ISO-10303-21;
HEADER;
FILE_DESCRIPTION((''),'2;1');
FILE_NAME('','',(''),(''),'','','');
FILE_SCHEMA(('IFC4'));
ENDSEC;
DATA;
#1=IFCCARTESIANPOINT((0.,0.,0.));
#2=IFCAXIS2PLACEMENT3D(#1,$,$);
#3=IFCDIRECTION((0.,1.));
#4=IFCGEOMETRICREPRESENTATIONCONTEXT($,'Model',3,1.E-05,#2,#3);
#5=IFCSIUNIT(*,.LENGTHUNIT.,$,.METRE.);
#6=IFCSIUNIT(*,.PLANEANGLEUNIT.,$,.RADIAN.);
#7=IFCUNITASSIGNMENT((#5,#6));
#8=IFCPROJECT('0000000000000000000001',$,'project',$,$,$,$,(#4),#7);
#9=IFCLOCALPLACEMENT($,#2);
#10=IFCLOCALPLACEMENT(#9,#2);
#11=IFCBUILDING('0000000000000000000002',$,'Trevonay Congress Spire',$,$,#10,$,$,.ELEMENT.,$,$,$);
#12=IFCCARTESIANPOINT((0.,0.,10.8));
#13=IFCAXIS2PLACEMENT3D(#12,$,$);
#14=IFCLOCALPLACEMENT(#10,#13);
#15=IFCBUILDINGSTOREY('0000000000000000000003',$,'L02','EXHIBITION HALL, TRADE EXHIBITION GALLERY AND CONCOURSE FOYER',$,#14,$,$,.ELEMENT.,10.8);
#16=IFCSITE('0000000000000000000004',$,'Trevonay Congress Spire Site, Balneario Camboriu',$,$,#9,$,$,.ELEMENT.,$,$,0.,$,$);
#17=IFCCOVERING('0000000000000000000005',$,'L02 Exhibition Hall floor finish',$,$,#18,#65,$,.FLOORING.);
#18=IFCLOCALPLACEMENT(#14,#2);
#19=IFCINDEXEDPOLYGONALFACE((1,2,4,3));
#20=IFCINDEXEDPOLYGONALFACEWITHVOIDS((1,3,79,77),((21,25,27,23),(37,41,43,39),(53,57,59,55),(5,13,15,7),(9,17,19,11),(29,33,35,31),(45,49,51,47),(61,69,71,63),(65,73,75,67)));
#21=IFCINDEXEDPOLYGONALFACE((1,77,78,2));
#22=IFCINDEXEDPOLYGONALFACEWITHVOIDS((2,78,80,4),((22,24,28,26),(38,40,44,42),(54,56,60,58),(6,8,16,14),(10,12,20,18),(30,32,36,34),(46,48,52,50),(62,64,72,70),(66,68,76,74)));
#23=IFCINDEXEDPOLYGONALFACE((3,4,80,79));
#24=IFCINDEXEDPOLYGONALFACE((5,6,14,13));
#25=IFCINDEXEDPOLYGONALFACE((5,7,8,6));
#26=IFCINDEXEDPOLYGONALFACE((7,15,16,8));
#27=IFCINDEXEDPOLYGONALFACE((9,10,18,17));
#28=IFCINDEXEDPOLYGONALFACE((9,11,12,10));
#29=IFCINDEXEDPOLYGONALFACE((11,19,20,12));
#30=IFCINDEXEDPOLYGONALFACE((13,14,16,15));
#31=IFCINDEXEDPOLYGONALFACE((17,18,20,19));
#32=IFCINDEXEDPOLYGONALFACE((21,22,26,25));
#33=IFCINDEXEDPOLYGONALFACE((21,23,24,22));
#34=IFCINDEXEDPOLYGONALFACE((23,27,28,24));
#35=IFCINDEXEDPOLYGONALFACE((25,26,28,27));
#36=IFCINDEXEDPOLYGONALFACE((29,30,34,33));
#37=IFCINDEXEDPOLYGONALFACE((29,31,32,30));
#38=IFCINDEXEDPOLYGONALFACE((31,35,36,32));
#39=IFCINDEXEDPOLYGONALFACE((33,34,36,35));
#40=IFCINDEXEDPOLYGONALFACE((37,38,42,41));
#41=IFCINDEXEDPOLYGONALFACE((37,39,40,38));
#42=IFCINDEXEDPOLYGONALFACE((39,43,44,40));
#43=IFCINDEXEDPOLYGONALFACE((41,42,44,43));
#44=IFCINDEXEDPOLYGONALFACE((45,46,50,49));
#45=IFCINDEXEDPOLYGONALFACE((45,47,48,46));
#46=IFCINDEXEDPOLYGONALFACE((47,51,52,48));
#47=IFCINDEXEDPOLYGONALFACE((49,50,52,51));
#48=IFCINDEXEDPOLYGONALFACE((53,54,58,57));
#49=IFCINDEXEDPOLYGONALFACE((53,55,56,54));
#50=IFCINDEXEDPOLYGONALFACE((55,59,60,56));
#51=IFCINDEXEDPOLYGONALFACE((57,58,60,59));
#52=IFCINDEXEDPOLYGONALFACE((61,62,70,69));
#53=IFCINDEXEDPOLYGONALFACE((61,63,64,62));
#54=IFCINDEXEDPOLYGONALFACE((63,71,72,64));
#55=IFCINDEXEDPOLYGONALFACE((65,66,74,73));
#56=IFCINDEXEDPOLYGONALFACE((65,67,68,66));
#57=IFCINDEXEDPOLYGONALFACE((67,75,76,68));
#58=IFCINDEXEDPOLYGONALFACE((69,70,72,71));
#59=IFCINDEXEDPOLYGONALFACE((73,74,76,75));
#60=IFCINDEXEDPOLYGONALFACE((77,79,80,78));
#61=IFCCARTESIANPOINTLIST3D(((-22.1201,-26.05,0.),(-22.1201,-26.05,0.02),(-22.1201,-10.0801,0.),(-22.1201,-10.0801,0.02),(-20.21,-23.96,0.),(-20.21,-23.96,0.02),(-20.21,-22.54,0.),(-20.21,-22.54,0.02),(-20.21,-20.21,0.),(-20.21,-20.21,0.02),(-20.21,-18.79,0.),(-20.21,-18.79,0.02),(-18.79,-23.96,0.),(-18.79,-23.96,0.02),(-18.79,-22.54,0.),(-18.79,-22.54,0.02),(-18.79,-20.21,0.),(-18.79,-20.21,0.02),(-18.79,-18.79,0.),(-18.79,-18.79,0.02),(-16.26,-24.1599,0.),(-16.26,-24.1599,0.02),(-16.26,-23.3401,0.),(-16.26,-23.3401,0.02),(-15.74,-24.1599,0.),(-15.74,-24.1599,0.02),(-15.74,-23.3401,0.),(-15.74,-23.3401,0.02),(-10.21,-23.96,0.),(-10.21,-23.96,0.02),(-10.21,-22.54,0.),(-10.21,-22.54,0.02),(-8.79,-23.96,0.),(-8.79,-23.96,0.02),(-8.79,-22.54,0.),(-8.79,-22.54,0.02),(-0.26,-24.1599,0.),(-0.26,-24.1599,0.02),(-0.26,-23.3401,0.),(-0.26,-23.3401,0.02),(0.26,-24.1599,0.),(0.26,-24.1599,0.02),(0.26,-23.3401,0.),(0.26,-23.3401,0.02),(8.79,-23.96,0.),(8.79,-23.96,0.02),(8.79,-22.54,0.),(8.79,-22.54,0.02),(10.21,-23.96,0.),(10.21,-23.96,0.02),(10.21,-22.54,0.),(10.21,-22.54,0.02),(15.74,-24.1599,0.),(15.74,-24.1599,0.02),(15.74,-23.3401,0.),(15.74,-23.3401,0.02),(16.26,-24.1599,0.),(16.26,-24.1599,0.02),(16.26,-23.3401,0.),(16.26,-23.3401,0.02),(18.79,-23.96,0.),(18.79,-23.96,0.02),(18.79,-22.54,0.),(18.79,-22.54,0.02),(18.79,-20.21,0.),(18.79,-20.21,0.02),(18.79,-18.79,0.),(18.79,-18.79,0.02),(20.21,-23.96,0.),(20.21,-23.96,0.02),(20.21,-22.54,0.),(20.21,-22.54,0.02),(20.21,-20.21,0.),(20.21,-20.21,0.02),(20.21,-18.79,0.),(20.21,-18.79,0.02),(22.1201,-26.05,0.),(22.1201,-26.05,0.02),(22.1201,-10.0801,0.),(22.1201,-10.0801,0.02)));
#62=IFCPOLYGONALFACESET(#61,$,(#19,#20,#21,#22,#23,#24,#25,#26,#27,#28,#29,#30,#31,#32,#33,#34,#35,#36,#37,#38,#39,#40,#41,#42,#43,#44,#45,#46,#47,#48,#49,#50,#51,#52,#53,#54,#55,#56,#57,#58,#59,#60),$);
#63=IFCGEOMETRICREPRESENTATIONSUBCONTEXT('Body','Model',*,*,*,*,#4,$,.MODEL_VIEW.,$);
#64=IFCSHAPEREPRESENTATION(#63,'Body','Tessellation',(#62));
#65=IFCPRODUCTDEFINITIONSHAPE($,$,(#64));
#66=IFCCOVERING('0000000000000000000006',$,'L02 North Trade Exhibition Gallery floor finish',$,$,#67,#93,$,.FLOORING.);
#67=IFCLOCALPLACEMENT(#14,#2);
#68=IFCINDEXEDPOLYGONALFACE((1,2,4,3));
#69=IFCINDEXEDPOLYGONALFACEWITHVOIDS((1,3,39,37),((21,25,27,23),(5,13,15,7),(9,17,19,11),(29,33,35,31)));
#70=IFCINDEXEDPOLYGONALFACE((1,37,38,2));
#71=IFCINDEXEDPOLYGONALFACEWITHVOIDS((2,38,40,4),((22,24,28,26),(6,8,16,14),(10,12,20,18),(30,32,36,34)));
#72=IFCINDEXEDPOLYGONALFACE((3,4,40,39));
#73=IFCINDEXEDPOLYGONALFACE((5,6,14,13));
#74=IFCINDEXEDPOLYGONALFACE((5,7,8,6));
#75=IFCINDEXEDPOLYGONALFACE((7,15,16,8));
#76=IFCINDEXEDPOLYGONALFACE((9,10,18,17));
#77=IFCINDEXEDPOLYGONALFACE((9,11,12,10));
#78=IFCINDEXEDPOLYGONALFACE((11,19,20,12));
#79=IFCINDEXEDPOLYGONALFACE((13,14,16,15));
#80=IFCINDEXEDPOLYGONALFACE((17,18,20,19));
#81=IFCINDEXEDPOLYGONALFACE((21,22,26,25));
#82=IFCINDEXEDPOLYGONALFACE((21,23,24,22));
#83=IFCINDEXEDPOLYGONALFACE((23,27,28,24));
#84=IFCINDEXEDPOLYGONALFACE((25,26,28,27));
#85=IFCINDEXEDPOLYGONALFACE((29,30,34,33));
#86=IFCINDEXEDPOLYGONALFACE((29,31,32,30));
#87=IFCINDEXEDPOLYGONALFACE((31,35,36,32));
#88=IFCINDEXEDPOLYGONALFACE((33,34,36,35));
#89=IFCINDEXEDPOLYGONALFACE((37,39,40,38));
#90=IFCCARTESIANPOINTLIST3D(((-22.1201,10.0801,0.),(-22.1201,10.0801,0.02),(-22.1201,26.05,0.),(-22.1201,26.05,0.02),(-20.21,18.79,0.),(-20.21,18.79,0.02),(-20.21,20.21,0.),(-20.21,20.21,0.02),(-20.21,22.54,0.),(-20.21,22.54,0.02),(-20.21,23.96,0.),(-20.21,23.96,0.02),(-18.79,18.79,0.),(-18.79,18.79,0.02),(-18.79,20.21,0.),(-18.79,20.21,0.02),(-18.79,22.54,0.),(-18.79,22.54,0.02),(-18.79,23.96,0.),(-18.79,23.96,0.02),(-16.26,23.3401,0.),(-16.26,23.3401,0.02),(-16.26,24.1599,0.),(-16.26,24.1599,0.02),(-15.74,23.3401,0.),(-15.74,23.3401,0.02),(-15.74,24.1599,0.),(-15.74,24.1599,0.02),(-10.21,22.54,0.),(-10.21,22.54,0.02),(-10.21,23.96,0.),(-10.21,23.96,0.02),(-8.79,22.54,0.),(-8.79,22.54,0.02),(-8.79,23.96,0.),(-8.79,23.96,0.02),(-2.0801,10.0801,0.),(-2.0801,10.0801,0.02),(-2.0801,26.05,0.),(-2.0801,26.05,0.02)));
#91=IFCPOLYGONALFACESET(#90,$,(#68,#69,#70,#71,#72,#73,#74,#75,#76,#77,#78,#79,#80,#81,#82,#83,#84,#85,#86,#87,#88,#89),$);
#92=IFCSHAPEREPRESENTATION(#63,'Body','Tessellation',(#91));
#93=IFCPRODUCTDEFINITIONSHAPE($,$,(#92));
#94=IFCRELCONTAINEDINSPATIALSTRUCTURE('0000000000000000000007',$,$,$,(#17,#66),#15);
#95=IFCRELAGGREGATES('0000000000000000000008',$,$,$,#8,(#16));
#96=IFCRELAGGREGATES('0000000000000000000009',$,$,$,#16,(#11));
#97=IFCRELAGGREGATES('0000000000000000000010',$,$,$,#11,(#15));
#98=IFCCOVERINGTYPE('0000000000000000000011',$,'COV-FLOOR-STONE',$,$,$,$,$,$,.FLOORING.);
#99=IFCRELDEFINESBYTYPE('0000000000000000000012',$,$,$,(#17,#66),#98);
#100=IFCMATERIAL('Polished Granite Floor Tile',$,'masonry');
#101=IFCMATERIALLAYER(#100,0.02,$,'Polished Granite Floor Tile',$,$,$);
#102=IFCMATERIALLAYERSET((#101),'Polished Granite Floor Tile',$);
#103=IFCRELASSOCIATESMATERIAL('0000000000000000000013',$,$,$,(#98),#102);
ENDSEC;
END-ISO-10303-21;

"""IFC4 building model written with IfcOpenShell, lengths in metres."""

from ifc_helpers import new_model, si_unit, direction, frame, origin, place, context, subcontext, project, spatial, polyline, outline, extrude, material, layer, layer_set, type_object, element, save


model = new_model("IFC4")

# Units and contexts
model_context = context("Model", 3, precision=1e-05, world=origin(), true_north=direction((0.0, 1.0)))
body_context = subcontext(model_context, "Body", "Model", "MODEL_VIEW")
ifc_project = project(units=[si_unit("LENGTHUNIT", "METRE"), si_unit("PLANEANGLEUNIT", "RADIAN")], contexts=[model_context])

# Site, building, storey
site_placement = place(None, origin())
site = spatial("IfcSite", under=ifc_project, at=site_placement, Name="Trevonay Congress Spire Site, Balneario Camboriu", CompositionType="ELEMENT", RefElevation=0.0)
building_placement = place(site_placement, origin())
building = spatial("IfcBuilding", under=site, at=building_placement, Name="Trevonay Congress Spire", CompositionType="ELEMENT")
storey_placement = place(building_placement, frame((0.0, 0.0, 10.8)))
storey = spatial("IfcBuildingStorey", under=building, at=storey_placement, Name="L02", Description="EXHIBITION HALL, TRADE EXHIBITION GALLERY AND CONCOURSE FOYER", CompositionType="ELEMENT", Elevation=10.8)

# Coverings
ifc_material_1 = material(Name="Polished Granite Floor Tile", Category="masonry")
ifc_layer_1 = layer(ifc_material_1, 0.02, Name="Polished Granite Floor Tile")
ifc_layer_set_1 = layer_set([ifc_layer_1], Name="Polished Granite Floor Tile")
covering_type_1 = type_object("IfcCoveringType", Name="COV-FLOOR-STONE", PredefinedType="FLOORING", material=ifc_layer_set_1)
covering_1_placement = place(storey_placement, origin())
element("IfcCovering", 1, at=covering_1_placement, inside=storey, type_object=covering_type_1, Name="L02 Exhibition Hall floor finish", PredefinedType="FLOORING", context=body_context, shape_type="SweptSolid", body=[
    extrude(outline(polyline([(-22.1201, -10.0801), (22.1201, -10.0801), (22.1201, -26.05), (-22.1201, -26.05), (-22.1201, -10.0801)]), holes=[polyline([(-15.74, -23.3401), (-16.26, -23.3401), (-16.26, -24.1599), (-15.74, -24.1599), (-15.74, -23.3401)]), polyline([(0.26, -23.3401), (-0.26, -23.3401), (-0.26, -24.1599), (0.26, -24.1599), (0.26, -23.3401)]), polyline([(16.26, -23.3401), (15.74, -23.3401), (15.74, -24.1599), (16.26, -24.1599), (16.26, -23.3401)]), polyline([(-18.79, -22.54), (-20.21, -22.54), (-20.21, -23.96), (-18.79, -23.96), (-18.79, -22.54)]), polyline([(-8.79, -22.54), (-10.21, -22.54), (-10.21, -23.96), (-8.79, -23.96), (-8.79, -22.54)]), polyline([(10.21, -22.54), (8.79, -22.54), (8.79, -23.96), (10.21, -23.96), (10.21, -22.54)]), polyline([(20.21, -22.54), (18.79, -22.54), (18.79, -23.96), (20.21, -23.96), (20.21, -22.54)]), polyline([(-18.79, -20.21), (-18.79, -18.79), (-20.21, -18.79), (-20.21, -20.21), (-18.79, -20.21)]), polyline([(20.21, -20.21), (20.21, -18.79), (18.79, -18.79), (18.79, -20.21), (20.21, -20.21)])]), origin(), (0.0, 0.0, 1.0), 0.02),
])
covering_2_placement = place(storey_placement, origin())
element("IfcCovering", 2, at=covering_2_placement, inside=storey, type_object=covering_type_1, Name="L02 North Trade Exhibition Gallery floor finish", PredefinedType="FLOORING", context=body_context, shape_type="SweptSolid", body=[
    extrude(outline(polyline([(-22.1201, 26.05), (-2.0801, 26.05), (-2.0801, 10.0801), (-22.1201, 10.0801), (-22.1201, 26.05)]), holes=[polyline([(-20.21, 20.21), (-20.21, 18.79), (-18.79, 18.79), (-18.79, 20.21), (-20.21, 20.21)]), polyline([(-20.21, 23.96), (-20.21, 22.54), (-18.79, 22.54), (-18.79, 23.96), (-20.21, 23.96)]), polyline([(-10.21, 23.96), (-10.21, 22.54), (-8.79, 22.54), (-8.79, 23.96), (-10.21, 23.96)]), polyline([(-16.26, 24.1599), (-16.26, 23.3401), (-15.74, 23.3401), (-15.74, 24.1599), (-16.26, 24.1599)])]), origin(), (0.0, 0.0, 1.0), 0.02),
])

save(model, "model.ifc")
